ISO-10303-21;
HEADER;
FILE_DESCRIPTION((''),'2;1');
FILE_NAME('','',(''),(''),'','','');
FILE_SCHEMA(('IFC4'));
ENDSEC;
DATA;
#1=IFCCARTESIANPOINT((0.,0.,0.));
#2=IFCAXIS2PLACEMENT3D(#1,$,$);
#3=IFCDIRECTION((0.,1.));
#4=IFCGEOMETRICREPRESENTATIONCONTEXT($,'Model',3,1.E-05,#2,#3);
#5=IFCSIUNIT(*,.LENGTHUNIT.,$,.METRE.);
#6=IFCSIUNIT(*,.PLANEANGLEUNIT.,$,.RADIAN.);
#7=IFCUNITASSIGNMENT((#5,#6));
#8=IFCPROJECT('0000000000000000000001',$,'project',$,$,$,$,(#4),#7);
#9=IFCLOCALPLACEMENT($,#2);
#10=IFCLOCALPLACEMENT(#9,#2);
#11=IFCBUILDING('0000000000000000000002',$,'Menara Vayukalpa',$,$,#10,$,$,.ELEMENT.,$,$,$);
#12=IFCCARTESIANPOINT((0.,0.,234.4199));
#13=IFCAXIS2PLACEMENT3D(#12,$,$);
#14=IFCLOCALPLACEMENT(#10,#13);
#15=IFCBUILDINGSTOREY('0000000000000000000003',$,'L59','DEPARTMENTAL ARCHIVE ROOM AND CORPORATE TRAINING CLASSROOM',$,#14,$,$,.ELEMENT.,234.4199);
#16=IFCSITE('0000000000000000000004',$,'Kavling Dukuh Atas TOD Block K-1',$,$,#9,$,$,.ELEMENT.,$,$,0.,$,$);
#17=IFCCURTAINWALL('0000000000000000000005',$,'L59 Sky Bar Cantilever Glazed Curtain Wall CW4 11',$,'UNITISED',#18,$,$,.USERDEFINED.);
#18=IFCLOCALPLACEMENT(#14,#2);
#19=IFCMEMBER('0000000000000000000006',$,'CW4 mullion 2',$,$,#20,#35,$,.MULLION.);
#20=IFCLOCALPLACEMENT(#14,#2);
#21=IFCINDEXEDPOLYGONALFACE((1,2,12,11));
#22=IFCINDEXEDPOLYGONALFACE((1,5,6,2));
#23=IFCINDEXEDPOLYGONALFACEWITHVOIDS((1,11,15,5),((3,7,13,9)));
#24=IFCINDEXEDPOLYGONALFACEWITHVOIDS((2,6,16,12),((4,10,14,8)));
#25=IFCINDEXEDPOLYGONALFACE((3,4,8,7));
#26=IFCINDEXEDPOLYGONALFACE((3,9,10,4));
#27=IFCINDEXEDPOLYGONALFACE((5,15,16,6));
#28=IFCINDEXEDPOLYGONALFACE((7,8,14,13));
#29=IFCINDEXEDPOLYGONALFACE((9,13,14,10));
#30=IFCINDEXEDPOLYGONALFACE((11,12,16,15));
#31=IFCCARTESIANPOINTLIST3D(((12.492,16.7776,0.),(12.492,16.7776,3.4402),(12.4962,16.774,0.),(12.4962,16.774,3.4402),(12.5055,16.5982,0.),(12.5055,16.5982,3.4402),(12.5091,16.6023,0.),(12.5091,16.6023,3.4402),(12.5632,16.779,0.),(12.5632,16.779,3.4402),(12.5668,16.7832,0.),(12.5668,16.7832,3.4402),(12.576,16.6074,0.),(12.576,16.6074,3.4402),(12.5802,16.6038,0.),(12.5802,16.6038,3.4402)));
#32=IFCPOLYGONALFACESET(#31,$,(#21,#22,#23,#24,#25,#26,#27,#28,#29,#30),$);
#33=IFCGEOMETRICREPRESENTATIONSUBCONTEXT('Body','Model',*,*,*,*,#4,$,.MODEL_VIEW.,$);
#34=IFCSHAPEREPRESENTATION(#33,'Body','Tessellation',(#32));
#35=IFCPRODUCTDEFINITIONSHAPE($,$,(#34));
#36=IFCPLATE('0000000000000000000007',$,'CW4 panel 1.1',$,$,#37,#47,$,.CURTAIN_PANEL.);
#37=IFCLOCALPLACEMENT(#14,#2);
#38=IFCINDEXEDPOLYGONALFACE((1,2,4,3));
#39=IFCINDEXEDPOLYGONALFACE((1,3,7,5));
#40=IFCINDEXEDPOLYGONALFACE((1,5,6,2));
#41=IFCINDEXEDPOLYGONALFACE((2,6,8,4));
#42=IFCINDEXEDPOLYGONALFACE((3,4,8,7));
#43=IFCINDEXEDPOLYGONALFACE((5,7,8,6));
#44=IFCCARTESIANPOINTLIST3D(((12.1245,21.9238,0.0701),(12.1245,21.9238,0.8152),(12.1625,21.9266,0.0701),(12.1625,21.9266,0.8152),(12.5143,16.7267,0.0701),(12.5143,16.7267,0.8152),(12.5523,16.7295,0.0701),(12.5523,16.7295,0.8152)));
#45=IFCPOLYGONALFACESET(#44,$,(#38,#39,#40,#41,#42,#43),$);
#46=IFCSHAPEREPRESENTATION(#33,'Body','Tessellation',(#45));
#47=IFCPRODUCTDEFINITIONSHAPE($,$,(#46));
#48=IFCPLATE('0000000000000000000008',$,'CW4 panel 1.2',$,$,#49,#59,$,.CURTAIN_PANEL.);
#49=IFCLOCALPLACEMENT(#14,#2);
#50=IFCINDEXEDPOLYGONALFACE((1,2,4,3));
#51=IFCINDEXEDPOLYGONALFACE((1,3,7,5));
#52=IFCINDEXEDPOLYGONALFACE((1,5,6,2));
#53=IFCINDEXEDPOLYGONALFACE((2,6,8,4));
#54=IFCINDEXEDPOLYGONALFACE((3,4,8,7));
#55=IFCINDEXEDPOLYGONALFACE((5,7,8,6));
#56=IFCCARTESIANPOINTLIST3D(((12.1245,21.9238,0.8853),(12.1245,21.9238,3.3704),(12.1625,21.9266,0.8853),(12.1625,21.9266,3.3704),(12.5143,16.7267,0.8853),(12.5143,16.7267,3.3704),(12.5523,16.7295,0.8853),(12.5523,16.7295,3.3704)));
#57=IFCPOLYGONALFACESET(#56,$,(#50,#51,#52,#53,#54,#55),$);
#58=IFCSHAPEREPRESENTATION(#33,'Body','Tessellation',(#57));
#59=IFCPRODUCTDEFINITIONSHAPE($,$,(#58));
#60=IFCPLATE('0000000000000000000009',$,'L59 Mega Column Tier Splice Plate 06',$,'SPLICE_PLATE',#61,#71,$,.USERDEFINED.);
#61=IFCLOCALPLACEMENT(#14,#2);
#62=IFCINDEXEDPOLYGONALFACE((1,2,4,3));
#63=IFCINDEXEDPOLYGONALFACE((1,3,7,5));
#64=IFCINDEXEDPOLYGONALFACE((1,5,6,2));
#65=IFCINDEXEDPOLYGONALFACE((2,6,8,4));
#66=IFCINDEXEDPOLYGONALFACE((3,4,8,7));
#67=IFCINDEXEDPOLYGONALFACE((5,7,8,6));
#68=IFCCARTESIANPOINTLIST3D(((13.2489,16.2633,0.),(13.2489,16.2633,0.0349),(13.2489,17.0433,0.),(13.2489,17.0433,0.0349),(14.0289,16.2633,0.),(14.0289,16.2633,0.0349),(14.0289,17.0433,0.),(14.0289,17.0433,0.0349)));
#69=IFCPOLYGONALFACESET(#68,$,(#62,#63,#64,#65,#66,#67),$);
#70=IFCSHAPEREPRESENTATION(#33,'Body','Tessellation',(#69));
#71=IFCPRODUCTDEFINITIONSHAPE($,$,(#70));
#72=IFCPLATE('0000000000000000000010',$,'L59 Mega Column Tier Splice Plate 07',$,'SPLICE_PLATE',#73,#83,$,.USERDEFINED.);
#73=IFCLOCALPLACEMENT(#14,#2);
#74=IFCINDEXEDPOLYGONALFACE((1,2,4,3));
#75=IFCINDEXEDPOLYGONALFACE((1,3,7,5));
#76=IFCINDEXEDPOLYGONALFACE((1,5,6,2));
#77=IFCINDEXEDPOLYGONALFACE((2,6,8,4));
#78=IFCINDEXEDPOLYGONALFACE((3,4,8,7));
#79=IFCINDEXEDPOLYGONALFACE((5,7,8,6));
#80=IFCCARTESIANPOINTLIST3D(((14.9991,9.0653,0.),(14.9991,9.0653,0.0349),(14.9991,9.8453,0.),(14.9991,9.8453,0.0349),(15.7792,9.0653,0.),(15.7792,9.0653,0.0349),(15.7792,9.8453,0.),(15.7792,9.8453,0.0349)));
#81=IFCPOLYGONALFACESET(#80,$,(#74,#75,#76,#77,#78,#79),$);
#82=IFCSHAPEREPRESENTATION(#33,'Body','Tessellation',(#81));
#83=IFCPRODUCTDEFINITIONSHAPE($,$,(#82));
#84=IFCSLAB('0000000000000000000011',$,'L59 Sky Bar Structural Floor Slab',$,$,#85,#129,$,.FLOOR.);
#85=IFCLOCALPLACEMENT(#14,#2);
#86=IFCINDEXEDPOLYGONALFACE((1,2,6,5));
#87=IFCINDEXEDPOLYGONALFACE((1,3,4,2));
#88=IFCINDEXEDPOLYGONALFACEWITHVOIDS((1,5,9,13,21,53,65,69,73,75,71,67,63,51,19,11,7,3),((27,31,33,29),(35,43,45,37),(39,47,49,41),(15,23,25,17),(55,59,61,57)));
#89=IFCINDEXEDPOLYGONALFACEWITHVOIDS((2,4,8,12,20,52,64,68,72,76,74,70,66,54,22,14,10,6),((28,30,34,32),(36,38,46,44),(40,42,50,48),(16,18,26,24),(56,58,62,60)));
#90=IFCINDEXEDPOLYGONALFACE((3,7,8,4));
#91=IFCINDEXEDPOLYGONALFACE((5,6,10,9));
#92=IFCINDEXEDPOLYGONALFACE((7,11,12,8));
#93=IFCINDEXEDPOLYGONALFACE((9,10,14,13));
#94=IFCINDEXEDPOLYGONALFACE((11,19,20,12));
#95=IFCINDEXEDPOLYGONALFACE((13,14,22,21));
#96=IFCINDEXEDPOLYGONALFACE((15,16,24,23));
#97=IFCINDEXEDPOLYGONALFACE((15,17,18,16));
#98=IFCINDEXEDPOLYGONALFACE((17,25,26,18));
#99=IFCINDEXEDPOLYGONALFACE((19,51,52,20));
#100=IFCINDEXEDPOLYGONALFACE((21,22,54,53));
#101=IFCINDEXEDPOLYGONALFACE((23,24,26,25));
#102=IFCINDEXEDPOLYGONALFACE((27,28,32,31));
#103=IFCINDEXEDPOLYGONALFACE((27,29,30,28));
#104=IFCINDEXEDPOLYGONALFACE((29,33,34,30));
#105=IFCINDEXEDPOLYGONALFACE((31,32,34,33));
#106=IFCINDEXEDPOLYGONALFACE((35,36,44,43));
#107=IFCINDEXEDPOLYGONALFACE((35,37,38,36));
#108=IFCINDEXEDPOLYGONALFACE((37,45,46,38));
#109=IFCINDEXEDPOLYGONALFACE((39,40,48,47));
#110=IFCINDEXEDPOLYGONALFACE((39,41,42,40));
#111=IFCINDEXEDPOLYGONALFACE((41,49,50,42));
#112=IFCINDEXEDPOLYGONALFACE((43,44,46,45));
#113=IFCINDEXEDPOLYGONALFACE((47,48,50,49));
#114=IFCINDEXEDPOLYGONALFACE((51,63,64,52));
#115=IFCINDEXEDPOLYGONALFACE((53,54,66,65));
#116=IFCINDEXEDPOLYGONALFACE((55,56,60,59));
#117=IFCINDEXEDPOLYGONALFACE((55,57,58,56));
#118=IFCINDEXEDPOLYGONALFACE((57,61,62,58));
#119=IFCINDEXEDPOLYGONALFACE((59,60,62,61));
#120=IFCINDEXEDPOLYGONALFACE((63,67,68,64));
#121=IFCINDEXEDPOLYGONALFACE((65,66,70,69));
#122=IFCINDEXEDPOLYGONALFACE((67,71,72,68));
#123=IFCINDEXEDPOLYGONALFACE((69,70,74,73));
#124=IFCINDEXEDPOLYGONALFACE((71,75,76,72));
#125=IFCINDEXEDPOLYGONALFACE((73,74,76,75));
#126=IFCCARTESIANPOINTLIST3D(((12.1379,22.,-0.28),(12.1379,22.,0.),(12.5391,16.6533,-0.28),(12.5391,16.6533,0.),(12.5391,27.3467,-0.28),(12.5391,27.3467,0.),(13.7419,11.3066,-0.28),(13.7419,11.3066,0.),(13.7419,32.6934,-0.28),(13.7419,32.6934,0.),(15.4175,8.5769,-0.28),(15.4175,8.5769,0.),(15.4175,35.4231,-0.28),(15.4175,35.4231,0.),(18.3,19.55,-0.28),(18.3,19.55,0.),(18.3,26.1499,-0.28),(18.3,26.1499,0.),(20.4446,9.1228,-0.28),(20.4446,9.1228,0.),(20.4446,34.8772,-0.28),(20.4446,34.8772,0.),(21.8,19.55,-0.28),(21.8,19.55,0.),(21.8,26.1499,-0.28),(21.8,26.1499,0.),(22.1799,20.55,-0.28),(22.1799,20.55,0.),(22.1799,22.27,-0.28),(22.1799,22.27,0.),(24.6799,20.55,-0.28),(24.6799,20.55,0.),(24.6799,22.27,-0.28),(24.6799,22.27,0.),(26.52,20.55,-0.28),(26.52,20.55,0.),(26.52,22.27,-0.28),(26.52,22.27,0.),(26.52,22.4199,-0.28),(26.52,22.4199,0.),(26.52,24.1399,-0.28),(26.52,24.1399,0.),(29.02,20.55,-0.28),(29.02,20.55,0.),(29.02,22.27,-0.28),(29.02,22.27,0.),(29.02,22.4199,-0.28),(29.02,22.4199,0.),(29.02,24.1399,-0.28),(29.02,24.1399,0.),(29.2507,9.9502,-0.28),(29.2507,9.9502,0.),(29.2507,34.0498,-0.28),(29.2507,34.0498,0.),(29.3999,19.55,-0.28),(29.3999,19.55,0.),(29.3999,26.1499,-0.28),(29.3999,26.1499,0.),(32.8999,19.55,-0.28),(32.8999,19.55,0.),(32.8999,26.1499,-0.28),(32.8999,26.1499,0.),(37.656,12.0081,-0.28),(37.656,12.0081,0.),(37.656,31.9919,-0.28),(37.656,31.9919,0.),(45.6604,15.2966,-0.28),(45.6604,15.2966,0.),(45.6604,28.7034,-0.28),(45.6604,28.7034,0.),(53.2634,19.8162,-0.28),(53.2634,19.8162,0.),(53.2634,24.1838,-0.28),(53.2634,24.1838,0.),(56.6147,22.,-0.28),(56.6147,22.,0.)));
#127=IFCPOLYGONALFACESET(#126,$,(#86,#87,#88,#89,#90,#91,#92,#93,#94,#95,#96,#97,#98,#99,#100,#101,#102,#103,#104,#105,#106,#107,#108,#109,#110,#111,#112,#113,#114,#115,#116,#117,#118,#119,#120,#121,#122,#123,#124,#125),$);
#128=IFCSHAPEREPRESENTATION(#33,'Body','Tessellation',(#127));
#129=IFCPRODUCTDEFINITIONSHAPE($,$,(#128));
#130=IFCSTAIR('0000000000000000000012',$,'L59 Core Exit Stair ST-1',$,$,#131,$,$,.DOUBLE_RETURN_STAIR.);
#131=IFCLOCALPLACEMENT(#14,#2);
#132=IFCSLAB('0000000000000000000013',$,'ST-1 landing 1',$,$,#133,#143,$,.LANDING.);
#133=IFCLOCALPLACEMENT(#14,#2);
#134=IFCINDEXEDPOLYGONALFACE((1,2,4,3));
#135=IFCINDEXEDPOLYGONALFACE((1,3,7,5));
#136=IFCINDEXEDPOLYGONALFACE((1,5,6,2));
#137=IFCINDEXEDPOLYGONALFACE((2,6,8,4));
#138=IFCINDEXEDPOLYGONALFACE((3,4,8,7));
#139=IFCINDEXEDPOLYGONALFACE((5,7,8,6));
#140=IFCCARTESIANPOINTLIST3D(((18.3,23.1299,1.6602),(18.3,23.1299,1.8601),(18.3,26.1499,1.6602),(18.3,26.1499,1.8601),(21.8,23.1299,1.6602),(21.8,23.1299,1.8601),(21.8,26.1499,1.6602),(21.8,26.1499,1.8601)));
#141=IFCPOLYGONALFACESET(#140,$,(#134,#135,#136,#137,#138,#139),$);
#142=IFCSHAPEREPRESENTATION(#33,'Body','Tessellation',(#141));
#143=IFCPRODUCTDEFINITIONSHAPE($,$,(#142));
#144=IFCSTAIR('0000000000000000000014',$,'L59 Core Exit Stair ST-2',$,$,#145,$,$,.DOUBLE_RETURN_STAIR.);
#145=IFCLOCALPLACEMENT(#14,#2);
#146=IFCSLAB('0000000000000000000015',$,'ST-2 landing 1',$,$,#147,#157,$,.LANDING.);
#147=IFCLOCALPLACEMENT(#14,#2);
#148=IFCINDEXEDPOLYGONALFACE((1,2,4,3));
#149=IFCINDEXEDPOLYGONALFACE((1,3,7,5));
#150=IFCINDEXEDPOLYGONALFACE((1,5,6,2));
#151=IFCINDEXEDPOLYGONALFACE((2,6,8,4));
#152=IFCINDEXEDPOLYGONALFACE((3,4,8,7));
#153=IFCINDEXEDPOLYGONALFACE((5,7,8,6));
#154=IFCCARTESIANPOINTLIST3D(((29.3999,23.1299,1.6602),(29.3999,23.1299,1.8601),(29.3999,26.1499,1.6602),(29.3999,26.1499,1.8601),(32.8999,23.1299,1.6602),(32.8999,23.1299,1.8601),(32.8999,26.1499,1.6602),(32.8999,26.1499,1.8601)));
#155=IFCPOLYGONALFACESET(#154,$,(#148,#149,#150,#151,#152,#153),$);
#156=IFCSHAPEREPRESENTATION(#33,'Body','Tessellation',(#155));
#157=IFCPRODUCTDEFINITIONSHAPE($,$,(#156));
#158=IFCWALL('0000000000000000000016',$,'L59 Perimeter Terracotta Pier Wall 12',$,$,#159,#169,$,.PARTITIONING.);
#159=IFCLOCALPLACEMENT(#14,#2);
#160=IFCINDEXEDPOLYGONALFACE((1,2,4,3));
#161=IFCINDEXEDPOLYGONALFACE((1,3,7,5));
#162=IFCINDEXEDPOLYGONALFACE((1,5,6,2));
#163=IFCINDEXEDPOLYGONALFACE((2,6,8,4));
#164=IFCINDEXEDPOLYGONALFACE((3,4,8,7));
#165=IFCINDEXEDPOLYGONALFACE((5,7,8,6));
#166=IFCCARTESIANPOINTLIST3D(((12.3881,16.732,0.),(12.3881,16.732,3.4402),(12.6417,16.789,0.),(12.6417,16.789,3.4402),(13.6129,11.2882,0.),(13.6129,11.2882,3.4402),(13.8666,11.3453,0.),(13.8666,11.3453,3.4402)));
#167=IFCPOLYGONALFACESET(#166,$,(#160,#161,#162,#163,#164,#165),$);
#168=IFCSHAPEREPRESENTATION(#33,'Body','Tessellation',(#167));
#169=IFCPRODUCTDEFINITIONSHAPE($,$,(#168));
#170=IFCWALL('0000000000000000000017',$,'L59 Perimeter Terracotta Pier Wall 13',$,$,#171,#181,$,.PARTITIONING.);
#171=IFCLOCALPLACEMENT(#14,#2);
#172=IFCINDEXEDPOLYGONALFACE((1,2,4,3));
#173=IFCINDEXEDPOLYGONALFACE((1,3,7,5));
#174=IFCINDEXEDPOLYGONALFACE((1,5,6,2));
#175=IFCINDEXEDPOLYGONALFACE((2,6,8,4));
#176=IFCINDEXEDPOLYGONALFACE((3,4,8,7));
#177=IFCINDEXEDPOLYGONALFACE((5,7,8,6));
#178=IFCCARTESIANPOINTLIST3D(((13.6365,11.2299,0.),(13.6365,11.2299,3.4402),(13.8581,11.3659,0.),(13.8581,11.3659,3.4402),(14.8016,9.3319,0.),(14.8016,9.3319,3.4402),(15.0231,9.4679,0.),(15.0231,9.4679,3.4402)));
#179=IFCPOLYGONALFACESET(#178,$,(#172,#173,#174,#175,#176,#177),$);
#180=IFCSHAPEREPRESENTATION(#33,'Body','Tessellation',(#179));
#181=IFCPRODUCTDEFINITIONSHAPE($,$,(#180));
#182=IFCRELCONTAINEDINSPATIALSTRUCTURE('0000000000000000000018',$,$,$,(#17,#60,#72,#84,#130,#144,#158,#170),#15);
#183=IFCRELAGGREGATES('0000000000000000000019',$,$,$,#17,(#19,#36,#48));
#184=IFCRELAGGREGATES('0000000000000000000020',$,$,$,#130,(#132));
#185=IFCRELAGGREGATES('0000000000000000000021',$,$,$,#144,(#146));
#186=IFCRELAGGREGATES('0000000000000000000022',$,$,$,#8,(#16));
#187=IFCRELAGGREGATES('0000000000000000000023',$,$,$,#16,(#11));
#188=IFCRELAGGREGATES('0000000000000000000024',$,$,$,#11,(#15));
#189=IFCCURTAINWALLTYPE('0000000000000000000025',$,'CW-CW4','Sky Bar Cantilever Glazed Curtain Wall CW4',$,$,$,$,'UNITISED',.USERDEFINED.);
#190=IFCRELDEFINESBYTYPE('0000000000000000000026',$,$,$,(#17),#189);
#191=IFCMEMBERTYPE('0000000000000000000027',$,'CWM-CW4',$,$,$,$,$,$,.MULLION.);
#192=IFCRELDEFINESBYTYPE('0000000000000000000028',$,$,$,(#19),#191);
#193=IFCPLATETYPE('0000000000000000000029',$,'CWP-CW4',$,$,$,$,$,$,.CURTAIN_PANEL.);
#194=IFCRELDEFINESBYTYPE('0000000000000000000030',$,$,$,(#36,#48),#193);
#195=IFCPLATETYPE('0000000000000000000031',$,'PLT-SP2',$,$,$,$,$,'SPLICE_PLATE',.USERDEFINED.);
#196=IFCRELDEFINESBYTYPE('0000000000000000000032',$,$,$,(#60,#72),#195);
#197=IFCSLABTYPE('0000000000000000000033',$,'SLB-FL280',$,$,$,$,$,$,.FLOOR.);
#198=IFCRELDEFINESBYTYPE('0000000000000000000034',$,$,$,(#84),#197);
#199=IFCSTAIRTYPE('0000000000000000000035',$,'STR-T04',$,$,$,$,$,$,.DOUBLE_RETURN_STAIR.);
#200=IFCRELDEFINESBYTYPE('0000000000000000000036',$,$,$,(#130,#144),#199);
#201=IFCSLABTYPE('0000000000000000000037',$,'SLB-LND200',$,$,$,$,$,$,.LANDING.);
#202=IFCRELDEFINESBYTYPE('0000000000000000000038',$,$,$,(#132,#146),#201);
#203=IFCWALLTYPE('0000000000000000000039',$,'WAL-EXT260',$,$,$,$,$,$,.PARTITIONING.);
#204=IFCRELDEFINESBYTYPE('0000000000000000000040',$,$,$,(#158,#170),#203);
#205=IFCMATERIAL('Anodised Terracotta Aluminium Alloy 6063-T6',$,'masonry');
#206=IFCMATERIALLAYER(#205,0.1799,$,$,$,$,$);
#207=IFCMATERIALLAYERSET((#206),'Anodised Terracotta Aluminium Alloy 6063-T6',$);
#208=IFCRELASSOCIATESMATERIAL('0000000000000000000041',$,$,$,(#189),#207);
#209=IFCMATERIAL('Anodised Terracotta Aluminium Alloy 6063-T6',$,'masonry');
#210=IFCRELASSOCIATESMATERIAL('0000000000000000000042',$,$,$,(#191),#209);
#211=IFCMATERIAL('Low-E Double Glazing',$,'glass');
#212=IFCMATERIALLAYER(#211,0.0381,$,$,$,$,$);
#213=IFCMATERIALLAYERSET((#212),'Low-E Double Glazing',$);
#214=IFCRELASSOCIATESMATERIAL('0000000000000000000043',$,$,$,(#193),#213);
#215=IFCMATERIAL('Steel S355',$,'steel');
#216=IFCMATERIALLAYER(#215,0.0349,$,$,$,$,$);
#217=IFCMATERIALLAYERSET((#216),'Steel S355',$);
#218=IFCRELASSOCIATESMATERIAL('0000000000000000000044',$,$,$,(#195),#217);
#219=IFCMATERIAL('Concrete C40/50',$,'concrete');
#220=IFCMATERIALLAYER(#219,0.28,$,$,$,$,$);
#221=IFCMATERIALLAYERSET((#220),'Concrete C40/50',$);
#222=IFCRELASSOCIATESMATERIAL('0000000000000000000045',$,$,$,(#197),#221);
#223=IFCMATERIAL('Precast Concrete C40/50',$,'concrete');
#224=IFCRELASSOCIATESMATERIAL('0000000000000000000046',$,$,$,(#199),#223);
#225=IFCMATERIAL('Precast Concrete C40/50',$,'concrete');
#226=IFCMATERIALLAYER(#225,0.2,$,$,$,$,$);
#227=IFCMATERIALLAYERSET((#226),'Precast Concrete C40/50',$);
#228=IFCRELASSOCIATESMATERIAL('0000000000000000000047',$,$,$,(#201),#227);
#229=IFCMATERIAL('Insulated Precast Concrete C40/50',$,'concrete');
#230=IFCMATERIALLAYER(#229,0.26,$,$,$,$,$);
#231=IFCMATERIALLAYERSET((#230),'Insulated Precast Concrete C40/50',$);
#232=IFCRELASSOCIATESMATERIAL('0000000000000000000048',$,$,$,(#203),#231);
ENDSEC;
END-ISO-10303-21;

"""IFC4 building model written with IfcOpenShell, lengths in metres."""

from ifc_helpers import new_model, si_unit, direction, frame, frame_2d, origin, origin_2d, place, context, subcontext, project, spatial, polyline, rectangle, hollow_rectangle, outline, extrude, material, layer, layer_set, material_profile, profile_set, type_object, element, aggregate, save


model = new_model("IFC4")

# Units and contexts
model_context = context("Model", 3, precision=1e-05, world=origin(), true_north=direction((0.0, 1.0)))
body_context = subcontext(model_context, "Body", "Model", "MODEL_VIEW")
ifc_project = project(units=[si_unit("LENGTHUNIT", "METRE"), si_unit("PLANEANGLEUNIT", "RADIAN")], contexts=[model_context])

# Site, building, storey
site_placement = place(None, origin())
site = spatial("IfcSite", under=ifc_project, at=site_placement, Name="Kavling Dukuh Atas TOD Block K-1", CompositionType="ELEMENT", RefElevation=0.0)
building_placement = place(site_placement, origin())
building = spatial("IfcBuilding", under=site, at=building_placement, Name="Menara Vayukalpa", CompositionType="ELEMENT")
storey_placement = place(building_placement, frame((0.0, 0.0, 234.4199)))
storey = spatial("IfcBuildingStorey", under=building, at=storey_placement, Name="L59", Description="DEPARTMENTAL ARCHIVE ROOM AND CORPORATE TRAINING CLASSROOM", CompositionType="ELEMENT", Elevation=234.4199)

# Curtain wall, member, plates
ifc_material_1 = material(Name="Anodised Terracotta Aluminium Alloy 6063-T6", Category="masonry")
ifc_layer_1 = layer(ifc_material_1, 0.1799)
ifc_layer_set_1 = layer_set([ifc_layer_1], Name="Anodised Terracotta Aluminium Alloy 6063-T6")
curtain_wall_type = type_object("IfcCurtainWallType", Name="CW-CW4", Description="Sky Bar Cantilever Glazed Curtain Wall CW4", ElementType="UNITISED", PredefinedType="USERDEFINED", material=ifc_layer_set_1)
curtain_wall_placement = place(storey_placement, origin())
curtain_wall = element("IfcCurtainWall", 1, at=curtain_wall_placement, inside=storey, type_object=curtain_wall_type, Name="L59 Sky Bar Cantilever Glazed Curtain Wall CW4 11", ObjectType="UNITISED", PredefinedType="USERDEFINED")
ifc_material_2 = material(Name="Anodised Terracotta Aluminium Alloy 6063-T6", Category="masonry")
ifc_material_profile_1 = material_profile(ifc_material_2, hollow_rectangle(XDim=0.075, YDim=0.1799, WallThickness=0.0039, at=origin_2d()), Name="ALU 75x180x4")
ifc_profile_set_1 = profile_set([ifc_material_profile_1], Name="Anodised Terracotta Aluminium Alloy 6063-T6")
member_type = type_object("IfcMemberType", Name="CWM-CW4", PredefinedType="MULLION", material=ifc_profile_set_1)
member_placement = place(storey_placement, frame((12.5361, 16.6907, 0.0), z_axis=(0.0, 0.0, 1.0), x_axis=(0.997199, 0.074789, 0.0)))
member = element("IfcMember", 2, at=member_placement, type_object=member_type, Name="CW4 mullion 2", PredefinedType="MULLION", context=body_context, shape_type="SweptSolid", body=[
    extrude(hollow_rectangle(XDim=0.075, YDim=0.1799, WallThickness=0.0039, at=origin_2d()), origin(), (0.0, 0.0, 1.0), 3.4402),
])
ifc_material_3 = material(Name="Low-E Double Glazing", Category="glass")
ifc_layer_2 = layer(ifc_material_3, 0.0381)
ifc_layer_set_2 = layer_set([ifc_layer_2], Name="Low-E Double Glazing")
plate_type_1 = type_object("IfcPlateType", Name="CWP-CW4", PredefinedType="CURTAIN_PANEL", material=ifc_layer_set_2)
plate_1_placement = place(storey_placement, frame((12.3384, 19.3267, 0.0701), z_axis=(0.0, 0.0, 1.0), x_axis=(0.074789, -0.997199, 0.0)))
plate_1 = element("IfcPlate", 3, at=plate_1_placement, type_object=plate_type_1, Name="CW4 panel 1.1", PredefinedType="CURTAIN_PANEL", context=body_context, shape_type="SweptSolid", body=[
    extrude(rectangle(XDim=5.2117, YDim=0.0381, at=origin_2d()), origin(), (0.0, 0.0, 1.0), 0.7451),
])
plate_2_placement = place(storey_placement, frame((12.3384, 19.3267, 0.8853), z_axis=(0.0, 0.0, 1.0), x_axis=(0.074789, -0.997199, 0.0)))
plate_2 = element("IfcPlate", 4, at=plate_2_placement, type_object=plate_type_1, Name="CW4 panel 1.2", PredefinedType="CURTAIN_PANEL", context=body_context, shape_type="SweptSolid", body=[
    extrude(rectangle(XDim=5.2117, YDim=0.0381, at=origin_2d()), origin(), (0.0, 0.0, 1.0), 2.4851),
])
aggregate(curtain_wall, [member, plate_1, plate_2])

# Plates
ifc_material_4 = material(Name="Steel S355", Category="steel")
ifc_layer_3 = layer(ifc_material_4, 0.0349)
ifc_layer_set_3 = layer_set([ifc_layer_3], Name="Steel S355")
plate_type_2 = type_object("IfcPlateType", Name="PLT-SP2", ElementType="SPLICE_PLATE", PredefinedType="USERDEFINED", material=ifc_layer_set_3)
for number, where, z_axis, x_axis, name in (
    (5, (13.6389, 16.6533, 0.0), (0.0, 0.0, 1.0), (1.0, 0.0, 0.0), "L59 Mega Column Tier Splice Plate 06"),
    (6, (15.3892, 9.4553, 0.0), (0.0, 0.0, 1.0), (1.0, 0.0, 0.0), "L59 Mega Column Tier Splice Plate 07"),
):
    element("IfcPlate", number, at=place(storey_placement, frame(where, z_axis=z_axis, x_axis=x_axis)), inside=storey, type_object=plate_type_2, Name=name, ObjectType="SPLICE_PLATE", PredefinedType="USERDEFINED", context=body_context, shape_type="SweptSolid", body=[
        extrude(rectangle(XDim=0.78, YDim=0.78, at=origin_2d()), origin(), (0.0, 0.0, 1.0), 0.0349),
    ])

# Slab
ifc_material_5 = material(Name="Concrete C40/50", Category="concrete")
ifc_layer_4 = layer(ifc_material_5, 0.28)
ifc_layer_set_4 = layer_set([ifc_layer_4], Name="Concrete C40/50")
slab_type_1 = type_object("IfcSlabType", Name="SLB-FL280", PredefinedType="FLOOR", material=ifc_layer_set_4)
slab_1_placement = place(storey_placement, frame((0.0, 0.0, -0.28)))
element("IfcSlab", 7, at=slab_1_placement, inside=storey, type_object=slab_type_1, Name="L59 Sky Bar Structural Floor Slab", PredefinedType="FLOOR", context=body_context, shape_type="SweptSolid", body=[
    extrude(outline(polyline([(53.2634, 19.8162), (56.6147, 22.0), (53.2634, 24.1838), (45.6604, 28.7034), (37.656, 31.9919), (29.2507, 34.0498), (20.4446, 34.8772), (15.4175, 35.4231), (13.7419, 32.6934), (12.5391, 27.3467), (12.1379, 22.0), (12.5391, 16.6533), (13.7419, 11.3066), (15.4175, 8.5769), (20.4446, 9.1228), (29.2507, 9.9502), (37.656, 12.0081), (45.6604, 15.2966), (53.2634, 19.8162)]), holes=[polyline([(21.8, 19.55), (21.8, 26.1499), (18.3, 26.1499), (18.3, 19.55), (21.8, 19.55)]), polyline([(32.8999, 19.55), (32.8999, 26.1499), (29.3999, 26.1499), (29.3999, 19.55), (32.8999, 19.55)]), polyline([(22.1799, 20.55), (24.6799, 20.55), (24.6799, 22.27), (22.1799, 22.27), (22.1799, 20.55)]), polyline([(26.52, 20.55), (29.02, 20.55), (29.02, 22.27), (26.52, 22.27), (26.52, 20.55)]), polyline([(26.52, 22.4199), (29.02, 22.4199), (29.02, 24.1399), (26.52, 24.1399), (26.52, 22.4199)])]), origin(), (0.0, 0.0, 1.0), 0.28),
])

# Stairs, slabs
ifc_material_6 = material(Name="Precast Concrete C40/50", Category="concrete")
stair_type = type_object("IfcStairType", Name="STR-T04", PredefinedType="DOUBLE_RETURN_STAIR", material=ifc_material_6)
stair_1_placement = place(storey_placement, origin())
stair_1 = element("IfcStair", 8, at=stair_1_placement, inside=storey, type_object=stair_type, Name="L59 Core Exit Stair ST-1", PredefinedType="DOUBLE_RETURN_STAIR")
ifc_material_7 = material(Name="Precast Concrete C40/50", Category="concrete")
ifc_layer_5 = layer(ifc_material_7, 0.2)
ifc_layer_set_5 = layer_set([ifc_layer_5], Name="Precast Concrete C40/50")
slab_type_2 = type_object("IfcSlabType", Name="SLB-LND200", PredefinedType="LANDING", material=ifc_layer_set_5)
slab_2_placement = place(storey_placement, frame((0.0, 0.0, 1.6602)))
slab_2 = element("IfcSlab", 9, at=slab_2_placement, type_object=slab_type_2, Name="ST-1 landing 1", PredefinedType="LANDING", context=body_context, shape_type="SweptSolid", body=[
    extrude(outline(polyline([(21.8, 23.1299), (21.8, 26.1499), (18.3, 26.1499), (18.3, 23.1299), (21.8, 23.1299)])), origin(), (0.0, 0.0, 1.0), 0.2),
])
aggregate(stair_1, [slab_2])
stair_2_placement = place(storey_placement, origin())
stair_2 = element("IfcStair", 10, at=stair_2_placement, inside=storey, type_object=stair_type, Name="L59 Core Exit Stair ST-2", PredefinedType="DOUBLE_RETURN_STAIR")
slab_3_placement = place(storey_placement, frame((0.0, 0.0, 1.6602)))
slab_3 = element("IfcSlab", 11, at=slab_3_placement, type_object=slab_type_2, Name="ST-2 landing 1", PredefinedType="LANDING", context=body_context, shape_type="SweptSolid", body=[
    extrude(outline(polyline([(32.8999, 23.1299), (32.8999, 26.1499), (29.3999, 26.1499), (29.3999, 23.1299), (32.8999, 23.1299)])), origin(), (0.0, 0.0, 1.0), 0.2),
])
aggregate(stair_2, [slab_3])

# Walls
ifc_material_8 = material(Name="Insulated Precast Concrete C40/50", Category="concrete")
ifc_layer_6 = layer(ifc_material_8, 0.26)
ifc_layer_set_6 = layer_set([ifc_layer_6], Name="Insulated Precast Concrete C40/50")
wall_type_1 = type_object("IfcWallType", Name="WAL-EXT260", PredefinedType="PARTITIONING", material=ifc_layer_set_6)
wall_1_placement = place(storey_placement, frame((13.7397, 11.3167, 0.0), z_axis=(0.0, 0.0, 1.0), x_axis=(-0.21951, 0.97561, 0.0)))
element("IfcWall", 12, at=wall_1_placement, inside=storey, type_object=wall_type_1, Name="L59 Perimeter Terracotta Pier Wall 12", PredefinedType="PARTITIONING", context=body_context, shape_type="SweptSolid", body=[
    extrude(rectangle(XDim=5.5798, YDim=0.26, at=frame_2d((2.79, 0.0))), origin(), (0.0, 0.0, 1.0), 3.4402),
])
wall_2_placement = place(storey_placement, frame((14.9124, 9.3999, 0.0), z_axis=(0.0, 0.0, 1.0), x_axis=(-0.523143, 0.852245, 0.0)))
element("IfcWall", 13, at=wall_2_placement, inside=storey, type_object=wall_type_1, Name="L59 Perimeter Terracotta Pier Wall 13", PredefinedType="PARTITIONING", context=body_context, shape_type="SweptSolid", body=[
    extrude(rectangle(XDim=2.2271, YDim=0.26, at=frame_2d((1.1135, 0.0))), origin(), (0.0, 0.0, 1.0), 3.4402),
])

save(model, "model.ifc")
